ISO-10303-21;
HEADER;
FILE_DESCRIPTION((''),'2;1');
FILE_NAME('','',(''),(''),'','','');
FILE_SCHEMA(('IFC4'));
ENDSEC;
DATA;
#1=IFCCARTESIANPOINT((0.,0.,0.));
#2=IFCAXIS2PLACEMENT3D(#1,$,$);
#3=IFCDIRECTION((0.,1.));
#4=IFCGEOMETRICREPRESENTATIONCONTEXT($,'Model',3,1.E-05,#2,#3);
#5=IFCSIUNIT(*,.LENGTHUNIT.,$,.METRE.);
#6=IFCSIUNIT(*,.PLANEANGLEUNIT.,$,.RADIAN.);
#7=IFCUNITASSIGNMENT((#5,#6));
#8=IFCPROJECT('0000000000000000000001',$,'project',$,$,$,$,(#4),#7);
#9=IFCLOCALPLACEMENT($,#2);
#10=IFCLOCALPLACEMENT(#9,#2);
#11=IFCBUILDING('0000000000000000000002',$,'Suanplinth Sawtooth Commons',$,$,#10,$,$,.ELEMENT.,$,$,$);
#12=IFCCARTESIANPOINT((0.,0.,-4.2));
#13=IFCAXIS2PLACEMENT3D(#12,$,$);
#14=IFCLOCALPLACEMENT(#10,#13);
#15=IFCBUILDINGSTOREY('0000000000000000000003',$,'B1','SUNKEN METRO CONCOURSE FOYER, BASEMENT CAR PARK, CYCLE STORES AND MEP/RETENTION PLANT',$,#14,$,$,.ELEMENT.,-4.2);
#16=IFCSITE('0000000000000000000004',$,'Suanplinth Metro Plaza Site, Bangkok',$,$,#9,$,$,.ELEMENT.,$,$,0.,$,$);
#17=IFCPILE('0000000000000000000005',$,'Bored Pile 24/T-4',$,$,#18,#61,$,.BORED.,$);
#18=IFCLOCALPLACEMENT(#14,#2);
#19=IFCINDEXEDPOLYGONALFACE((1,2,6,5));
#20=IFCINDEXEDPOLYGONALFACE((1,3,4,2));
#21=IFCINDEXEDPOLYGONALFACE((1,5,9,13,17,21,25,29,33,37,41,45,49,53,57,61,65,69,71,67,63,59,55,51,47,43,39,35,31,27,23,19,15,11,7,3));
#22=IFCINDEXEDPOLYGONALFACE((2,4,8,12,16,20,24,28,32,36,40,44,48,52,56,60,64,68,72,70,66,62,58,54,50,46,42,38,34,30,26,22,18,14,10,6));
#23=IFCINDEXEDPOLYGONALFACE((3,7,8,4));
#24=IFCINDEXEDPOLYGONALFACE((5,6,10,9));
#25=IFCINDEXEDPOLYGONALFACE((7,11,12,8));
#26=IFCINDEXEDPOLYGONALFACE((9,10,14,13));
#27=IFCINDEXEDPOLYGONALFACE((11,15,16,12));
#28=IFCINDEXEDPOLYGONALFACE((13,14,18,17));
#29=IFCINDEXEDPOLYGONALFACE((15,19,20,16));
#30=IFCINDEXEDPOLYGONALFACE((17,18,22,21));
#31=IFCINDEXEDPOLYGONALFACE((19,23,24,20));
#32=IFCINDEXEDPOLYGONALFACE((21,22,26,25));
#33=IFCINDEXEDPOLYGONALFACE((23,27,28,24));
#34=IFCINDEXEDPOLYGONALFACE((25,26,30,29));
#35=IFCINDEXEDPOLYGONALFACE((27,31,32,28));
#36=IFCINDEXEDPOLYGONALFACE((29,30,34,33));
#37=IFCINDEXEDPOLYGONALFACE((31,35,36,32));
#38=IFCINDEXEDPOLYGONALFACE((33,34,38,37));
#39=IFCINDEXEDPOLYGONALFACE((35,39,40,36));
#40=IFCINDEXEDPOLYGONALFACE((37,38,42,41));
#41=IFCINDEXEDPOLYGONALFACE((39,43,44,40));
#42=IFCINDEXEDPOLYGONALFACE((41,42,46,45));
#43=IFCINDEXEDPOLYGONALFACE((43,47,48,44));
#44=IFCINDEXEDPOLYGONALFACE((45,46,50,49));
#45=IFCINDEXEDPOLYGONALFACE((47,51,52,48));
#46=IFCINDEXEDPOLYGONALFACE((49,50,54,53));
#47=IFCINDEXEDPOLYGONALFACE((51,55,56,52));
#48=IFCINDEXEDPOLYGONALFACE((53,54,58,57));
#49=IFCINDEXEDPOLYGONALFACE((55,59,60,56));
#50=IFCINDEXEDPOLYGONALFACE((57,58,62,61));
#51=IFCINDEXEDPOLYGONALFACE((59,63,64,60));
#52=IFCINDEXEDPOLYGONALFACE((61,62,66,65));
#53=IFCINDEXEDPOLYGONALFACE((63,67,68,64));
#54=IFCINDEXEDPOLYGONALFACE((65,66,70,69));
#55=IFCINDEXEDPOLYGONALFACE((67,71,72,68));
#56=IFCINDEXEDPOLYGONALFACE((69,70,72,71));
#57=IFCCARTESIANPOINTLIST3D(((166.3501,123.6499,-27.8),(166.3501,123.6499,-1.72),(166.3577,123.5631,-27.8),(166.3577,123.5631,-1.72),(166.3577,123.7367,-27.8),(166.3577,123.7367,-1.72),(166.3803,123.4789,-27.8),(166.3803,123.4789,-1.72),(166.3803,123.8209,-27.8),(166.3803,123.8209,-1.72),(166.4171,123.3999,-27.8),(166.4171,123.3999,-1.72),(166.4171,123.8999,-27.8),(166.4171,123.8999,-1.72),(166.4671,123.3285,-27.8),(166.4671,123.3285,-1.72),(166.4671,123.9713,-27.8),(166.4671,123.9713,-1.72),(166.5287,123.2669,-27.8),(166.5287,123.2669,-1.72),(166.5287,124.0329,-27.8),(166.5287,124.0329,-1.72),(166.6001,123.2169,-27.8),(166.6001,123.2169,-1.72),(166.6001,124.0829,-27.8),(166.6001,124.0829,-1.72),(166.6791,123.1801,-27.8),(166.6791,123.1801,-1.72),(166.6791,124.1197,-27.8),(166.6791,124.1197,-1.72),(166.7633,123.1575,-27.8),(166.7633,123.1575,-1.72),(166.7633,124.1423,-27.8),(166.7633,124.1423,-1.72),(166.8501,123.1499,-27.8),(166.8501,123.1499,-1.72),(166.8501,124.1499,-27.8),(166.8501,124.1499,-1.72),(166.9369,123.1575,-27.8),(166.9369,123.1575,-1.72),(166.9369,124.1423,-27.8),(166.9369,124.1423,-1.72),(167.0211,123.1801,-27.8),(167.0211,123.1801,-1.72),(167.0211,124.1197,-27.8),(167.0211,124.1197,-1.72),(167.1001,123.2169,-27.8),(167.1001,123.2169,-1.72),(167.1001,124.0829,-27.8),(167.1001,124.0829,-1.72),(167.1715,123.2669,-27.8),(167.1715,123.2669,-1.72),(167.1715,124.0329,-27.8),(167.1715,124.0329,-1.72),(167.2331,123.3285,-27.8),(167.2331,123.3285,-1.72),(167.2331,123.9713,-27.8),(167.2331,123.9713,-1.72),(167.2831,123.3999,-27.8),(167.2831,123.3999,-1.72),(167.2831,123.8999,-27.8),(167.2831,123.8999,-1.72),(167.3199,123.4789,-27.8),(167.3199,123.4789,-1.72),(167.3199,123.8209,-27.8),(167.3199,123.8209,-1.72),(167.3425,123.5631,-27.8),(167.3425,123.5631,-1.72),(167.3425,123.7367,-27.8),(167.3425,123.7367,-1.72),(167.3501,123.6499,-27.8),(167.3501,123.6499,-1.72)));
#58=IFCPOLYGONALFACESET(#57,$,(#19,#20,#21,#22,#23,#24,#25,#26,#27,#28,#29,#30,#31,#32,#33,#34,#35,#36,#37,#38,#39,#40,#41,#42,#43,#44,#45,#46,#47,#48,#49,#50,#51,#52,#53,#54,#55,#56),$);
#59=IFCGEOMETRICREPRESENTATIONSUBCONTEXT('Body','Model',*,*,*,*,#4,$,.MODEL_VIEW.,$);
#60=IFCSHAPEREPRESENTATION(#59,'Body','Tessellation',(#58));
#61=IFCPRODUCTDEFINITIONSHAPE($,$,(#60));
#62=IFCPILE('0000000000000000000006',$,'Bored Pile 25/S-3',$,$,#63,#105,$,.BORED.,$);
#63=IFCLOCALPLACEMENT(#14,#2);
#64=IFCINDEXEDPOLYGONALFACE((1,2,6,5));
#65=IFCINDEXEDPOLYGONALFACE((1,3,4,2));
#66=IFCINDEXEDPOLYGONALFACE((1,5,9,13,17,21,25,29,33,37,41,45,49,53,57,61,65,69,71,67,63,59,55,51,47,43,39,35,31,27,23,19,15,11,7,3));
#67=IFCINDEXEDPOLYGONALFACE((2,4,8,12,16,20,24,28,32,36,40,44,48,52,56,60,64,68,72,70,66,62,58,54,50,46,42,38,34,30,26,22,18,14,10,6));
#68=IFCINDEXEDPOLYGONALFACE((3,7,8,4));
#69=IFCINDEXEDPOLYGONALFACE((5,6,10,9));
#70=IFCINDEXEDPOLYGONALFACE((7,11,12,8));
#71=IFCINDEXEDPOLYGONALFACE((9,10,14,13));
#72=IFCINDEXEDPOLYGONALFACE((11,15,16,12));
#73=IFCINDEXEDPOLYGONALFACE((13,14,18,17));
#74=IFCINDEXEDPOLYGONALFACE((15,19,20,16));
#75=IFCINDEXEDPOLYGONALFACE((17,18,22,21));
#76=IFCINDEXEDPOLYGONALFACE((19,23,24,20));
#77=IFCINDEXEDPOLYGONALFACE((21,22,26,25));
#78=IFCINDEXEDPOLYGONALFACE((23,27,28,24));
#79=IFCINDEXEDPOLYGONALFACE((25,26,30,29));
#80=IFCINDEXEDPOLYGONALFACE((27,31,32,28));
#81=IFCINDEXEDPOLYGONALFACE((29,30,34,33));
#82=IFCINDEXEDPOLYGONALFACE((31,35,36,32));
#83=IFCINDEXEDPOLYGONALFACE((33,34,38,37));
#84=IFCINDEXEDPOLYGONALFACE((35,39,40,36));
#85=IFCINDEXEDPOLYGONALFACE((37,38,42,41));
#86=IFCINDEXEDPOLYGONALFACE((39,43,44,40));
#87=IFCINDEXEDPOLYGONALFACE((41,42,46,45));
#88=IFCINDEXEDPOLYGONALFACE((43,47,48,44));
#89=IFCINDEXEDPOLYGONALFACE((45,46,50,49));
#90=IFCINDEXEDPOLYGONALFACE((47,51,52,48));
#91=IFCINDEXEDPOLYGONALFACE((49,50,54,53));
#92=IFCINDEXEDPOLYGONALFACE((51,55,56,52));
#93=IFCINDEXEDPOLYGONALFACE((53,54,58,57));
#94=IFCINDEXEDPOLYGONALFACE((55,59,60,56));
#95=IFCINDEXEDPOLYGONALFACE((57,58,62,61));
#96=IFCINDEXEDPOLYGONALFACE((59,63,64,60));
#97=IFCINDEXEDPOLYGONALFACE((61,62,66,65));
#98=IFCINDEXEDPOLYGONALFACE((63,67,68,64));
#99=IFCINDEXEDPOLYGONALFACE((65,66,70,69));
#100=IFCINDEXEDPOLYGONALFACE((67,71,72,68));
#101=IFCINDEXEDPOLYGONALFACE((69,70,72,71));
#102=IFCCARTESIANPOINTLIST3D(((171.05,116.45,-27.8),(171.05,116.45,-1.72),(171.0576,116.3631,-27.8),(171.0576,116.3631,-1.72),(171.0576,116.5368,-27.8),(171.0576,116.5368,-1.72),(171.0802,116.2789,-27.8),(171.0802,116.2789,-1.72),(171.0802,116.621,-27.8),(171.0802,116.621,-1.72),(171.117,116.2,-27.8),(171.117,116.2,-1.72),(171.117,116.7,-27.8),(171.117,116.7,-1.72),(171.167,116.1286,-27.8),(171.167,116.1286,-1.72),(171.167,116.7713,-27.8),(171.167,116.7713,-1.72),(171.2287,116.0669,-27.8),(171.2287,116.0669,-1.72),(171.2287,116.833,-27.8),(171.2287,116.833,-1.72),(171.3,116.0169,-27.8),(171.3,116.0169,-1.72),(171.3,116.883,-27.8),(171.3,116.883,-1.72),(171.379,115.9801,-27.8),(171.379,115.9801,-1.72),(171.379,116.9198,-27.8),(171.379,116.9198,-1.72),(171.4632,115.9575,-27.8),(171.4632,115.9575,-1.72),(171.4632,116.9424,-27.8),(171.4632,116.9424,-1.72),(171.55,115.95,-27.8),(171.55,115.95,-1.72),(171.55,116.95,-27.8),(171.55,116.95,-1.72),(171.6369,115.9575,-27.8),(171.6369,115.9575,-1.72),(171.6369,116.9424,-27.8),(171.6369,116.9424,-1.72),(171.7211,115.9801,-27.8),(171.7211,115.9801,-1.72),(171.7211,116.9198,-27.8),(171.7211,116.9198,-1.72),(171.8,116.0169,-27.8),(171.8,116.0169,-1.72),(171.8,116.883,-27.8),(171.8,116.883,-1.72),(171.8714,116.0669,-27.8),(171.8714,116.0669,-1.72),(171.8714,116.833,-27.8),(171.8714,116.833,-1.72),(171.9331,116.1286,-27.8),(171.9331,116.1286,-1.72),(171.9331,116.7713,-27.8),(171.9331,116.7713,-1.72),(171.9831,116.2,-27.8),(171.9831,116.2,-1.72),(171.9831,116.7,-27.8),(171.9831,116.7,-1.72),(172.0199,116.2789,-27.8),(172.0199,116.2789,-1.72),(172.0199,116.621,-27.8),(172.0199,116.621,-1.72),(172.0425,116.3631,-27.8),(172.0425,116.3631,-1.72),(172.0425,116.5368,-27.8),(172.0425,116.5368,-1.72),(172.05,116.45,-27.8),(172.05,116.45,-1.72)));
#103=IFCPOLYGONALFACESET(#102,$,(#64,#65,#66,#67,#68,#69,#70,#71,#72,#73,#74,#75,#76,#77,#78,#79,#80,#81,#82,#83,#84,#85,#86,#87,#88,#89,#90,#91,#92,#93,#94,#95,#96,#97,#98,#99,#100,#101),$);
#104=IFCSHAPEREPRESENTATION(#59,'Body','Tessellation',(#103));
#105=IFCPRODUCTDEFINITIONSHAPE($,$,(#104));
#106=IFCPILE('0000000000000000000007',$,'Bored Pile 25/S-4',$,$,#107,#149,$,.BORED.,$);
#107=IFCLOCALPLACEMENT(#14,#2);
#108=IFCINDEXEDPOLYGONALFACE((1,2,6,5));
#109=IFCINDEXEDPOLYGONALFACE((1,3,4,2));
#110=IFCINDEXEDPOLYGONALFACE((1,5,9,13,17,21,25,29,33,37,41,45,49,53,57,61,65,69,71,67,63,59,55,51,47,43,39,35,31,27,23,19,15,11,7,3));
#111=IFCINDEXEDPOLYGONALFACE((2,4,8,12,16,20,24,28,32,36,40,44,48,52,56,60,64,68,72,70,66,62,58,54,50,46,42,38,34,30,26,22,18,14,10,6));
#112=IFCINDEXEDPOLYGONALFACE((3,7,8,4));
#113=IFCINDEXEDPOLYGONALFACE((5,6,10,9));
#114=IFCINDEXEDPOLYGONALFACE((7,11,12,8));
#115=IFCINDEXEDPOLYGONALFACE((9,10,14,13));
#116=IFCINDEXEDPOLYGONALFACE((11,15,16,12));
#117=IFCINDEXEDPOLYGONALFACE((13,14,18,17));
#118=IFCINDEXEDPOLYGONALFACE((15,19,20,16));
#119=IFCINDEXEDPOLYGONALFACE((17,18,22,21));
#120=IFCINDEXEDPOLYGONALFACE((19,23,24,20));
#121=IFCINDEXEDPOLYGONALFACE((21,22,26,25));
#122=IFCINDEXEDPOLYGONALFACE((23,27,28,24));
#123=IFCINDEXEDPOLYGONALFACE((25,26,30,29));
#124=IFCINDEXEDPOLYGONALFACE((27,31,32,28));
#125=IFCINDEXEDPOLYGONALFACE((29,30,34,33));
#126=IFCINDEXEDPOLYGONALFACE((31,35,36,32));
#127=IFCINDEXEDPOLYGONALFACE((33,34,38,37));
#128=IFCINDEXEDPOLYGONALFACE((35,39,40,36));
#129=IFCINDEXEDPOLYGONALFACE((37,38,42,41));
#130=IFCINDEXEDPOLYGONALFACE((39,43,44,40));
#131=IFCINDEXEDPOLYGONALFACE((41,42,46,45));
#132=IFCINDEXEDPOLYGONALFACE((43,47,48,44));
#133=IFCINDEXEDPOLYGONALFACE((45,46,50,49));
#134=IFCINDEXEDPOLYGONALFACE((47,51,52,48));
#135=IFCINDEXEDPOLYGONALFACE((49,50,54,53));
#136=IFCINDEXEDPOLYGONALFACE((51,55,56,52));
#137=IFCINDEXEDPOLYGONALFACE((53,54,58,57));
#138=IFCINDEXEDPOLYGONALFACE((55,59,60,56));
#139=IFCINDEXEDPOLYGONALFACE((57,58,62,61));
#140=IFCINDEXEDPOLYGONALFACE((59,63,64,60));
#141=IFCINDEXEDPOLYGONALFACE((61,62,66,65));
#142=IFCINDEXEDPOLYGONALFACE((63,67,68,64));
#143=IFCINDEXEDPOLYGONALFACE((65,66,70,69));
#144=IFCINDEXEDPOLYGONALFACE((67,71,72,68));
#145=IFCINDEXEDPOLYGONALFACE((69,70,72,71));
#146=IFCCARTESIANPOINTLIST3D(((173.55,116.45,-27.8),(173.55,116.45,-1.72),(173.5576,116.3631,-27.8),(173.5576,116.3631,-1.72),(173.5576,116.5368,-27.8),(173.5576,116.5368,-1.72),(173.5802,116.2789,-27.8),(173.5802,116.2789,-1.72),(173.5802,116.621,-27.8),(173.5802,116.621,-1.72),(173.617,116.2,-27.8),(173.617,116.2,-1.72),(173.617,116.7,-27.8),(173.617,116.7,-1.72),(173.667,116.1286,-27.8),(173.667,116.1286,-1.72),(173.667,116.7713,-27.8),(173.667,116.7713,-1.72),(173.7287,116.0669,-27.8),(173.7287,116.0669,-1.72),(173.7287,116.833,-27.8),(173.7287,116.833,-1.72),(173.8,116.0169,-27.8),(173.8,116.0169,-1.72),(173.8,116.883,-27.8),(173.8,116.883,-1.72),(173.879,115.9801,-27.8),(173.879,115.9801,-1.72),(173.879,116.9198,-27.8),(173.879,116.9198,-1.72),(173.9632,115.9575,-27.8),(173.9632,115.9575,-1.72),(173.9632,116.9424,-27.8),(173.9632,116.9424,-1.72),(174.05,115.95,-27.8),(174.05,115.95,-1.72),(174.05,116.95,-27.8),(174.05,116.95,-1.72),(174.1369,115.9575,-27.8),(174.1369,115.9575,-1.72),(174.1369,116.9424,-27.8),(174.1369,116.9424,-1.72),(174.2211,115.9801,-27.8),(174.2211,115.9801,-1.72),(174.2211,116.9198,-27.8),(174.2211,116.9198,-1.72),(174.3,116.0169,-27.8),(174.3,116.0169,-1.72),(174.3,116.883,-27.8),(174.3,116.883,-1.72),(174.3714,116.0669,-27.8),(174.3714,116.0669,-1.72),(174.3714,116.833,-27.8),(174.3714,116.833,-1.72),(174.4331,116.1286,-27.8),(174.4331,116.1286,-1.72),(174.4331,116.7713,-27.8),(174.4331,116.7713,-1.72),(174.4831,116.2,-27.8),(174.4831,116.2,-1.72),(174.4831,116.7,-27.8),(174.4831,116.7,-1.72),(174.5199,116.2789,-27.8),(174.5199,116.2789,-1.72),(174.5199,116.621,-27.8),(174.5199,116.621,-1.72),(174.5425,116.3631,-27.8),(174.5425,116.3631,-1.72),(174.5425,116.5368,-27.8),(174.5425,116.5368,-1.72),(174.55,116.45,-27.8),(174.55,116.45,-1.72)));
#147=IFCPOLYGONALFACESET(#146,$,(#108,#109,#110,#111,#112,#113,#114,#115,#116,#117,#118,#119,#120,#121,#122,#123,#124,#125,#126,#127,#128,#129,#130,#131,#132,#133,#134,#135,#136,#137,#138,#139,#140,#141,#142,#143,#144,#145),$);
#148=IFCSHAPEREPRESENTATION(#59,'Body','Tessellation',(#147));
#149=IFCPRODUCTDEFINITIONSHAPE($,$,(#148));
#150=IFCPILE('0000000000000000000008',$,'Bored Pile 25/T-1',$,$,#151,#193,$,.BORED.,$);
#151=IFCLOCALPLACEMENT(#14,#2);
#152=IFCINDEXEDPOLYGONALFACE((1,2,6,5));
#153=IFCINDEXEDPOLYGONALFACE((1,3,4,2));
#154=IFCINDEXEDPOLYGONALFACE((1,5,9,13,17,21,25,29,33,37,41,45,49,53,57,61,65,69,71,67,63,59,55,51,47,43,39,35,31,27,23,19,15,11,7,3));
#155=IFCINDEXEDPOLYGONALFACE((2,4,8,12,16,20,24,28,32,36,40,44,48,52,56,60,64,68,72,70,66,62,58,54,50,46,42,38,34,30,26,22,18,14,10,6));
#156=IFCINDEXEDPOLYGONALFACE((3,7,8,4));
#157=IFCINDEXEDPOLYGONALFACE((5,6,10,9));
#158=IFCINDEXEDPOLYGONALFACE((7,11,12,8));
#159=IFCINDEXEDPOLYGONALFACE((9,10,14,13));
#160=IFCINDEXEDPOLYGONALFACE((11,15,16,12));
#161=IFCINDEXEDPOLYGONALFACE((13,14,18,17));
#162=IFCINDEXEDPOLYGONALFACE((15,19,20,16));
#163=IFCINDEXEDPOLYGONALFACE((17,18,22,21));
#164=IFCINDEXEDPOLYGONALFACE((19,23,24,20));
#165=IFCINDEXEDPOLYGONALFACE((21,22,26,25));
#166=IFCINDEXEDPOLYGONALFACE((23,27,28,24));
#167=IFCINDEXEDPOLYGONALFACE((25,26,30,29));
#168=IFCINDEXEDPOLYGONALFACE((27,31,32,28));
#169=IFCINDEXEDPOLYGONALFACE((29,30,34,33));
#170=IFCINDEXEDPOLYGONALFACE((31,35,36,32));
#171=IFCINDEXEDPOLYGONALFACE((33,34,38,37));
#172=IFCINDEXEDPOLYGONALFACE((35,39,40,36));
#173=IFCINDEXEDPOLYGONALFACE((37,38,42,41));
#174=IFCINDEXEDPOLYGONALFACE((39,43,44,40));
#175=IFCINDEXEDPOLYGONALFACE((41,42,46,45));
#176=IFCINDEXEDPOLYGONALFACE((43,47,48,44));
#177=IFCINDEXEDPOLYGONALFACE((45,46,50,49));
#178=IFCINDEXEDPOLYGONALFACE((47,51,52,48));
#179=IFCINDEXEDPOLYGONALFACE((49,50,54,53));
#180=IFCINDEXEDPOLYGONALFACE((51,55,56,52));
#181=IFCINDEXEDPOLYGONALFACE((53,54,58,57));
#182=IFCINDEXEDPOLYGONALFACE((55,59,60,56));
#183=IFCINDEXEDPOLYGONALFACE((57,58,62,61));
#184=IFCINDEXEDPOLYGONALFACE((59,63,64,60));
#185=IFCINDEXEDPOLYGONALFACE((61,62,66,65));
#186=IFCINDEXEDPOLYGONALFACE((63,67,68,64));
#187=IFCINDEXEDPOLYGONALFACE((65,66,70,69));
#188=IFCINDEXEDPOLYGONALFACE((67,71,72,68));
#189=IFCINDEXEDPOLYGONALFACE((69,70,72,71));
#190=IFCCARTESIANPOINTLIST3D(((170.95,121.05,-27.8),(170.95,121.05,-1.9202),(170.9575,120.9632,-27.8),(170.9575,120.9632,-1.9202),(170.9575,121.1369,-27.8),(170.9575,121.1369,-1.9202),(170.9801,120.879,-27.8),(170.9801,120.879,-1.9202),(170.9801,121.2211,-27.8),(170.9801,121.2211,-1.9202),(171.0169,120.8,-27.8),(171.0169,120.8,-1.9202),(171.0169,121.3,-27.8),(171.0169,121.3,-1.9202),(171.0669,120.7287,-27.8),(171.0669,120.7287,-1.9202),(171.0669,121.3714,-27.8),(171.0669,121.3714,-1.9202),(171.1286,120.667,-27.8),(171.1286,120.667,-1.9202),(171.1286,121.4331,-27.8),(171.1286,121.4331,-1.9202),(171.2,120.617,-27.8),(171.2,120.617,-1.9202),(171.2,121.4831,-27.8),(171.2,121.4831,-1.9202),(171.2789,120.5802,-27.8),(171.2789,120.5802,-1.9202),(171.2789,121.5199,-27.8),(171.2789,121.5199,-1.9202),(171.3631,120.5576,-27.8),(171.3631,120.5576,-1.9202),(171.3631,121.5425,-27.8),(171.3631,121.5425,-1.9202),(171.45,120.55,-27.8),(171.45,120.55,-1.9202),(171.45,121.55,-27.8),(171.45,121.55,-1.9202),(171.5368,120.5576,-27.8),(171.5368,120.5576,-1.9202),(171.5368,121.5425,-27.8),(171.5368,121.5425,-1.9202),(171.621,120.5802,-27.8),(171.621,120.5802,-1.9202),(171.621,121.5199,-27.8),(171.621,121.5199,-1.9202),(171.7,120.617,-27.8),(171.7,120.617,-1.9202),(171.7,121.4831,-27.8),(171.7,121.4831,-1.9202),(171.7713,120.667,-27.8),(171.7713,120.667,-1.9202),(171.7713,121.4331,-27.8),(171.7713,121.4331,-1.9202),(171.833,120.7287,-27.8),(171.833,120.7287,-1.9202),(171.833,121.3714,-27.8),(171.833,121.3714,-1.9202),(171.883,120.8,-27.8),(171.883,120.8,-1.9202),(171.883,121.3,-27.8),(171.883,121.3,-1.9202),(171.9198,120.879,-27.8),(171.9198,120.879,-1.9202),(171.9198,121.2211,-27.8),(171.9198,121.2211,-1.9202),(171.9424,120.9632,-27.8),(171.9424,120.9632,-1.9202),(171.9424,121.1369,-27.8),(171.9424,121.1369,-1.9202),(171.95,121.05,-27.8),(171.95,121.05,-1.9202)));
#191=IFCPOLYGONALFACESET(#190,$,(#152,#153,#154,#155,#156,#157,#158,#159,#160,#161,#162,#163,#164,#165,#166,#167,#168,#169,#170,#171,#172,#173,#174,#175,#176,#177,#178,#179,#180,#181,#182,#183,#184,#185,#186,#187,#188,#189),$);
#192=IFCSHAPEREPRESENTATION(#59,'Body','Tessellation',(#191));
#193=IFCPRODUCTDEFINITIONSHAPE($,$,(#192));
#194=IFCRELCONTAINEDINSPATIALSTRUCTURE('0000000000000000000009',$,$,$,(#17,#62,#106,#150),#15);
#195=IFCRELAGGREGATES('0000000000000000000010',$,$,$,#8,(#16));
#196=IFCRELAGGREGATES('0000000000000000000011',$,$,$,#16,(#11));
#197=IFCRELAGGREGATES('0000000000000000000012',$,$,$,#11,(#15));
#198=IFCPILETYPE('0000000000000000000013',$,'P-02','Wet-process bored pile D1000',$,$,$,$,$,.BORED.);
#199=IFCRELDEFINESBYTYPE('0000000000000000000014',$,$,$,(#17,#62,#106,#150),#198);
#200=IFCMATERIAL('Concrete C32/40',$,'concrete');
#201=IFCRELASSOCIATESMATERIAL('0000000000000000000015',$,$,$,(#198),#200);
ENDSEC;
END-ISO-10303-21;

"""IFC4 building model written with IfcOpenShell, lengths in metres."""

from ifc_helpers import new_model, si_unit, direction, frame, origin, origin_2d, place, context, subcontext, project, spatial, circle, extrude, material, material_profile, profile_set, type_object, element, save


model = new_model("IFC4")

# Units and contexts
model_context = context("Model", 3, precision=1e-05, world=origin(), true_north=direction((0.0, 1.0)))
body_context = subcontext(model_context, "Body", "Model", "MODEL_VIEW")
ifc_project = project(units=[si_unit("LENGTHUNIT", "METRE"), si_unit("PLANEANGLEUNIT", "RADIAN")], contexts=[model_context])

# Site, building, storey
site_placement = place(None, origin())
site = spatial("IfcSite", under=ifc_project, at=site_placement, Name="Suanplinth Metro Plaza Site, Bangkok", CompositionType="ELEMENT", RefElevation=0.0)
building_placement = place(site_placement, origin())
building = spatial("IfcBuilding", under=site, at=building_placement, Name="Suanplinth Sawtooth Commons", CompositionType="ELEMENT")
storey_placement = place(building_placement, frame((0.0, 0.0, -4.2)))
storey = spatial("IfcBuildingStorey", under=building, at=storey_placement, Name="B1", Description="SUNKEN METRO CONCOURSE FOYER, BASEMENT CAR PARK, CYCLE STORES AND MEP/RETENTION PLANT", CompositionType="ELEMENT", Elevation=-4.2)

# Piles
ifc_material_1 = material(Name="Concrete C32/40", Category="concrete")
ifc_material_profile_1 = material_profile(ifc_material_1, circle(Radius=0.5, at=origin_2d()), Name="PILE D1000")
ifc_profile_set_1 = profile_set([ifc_material_profile_1], Name="Concrete C32/40")
pile_type = type_object("IfcPileType", Name="P-02", Description="Wet-process bored pile D1000", PredefinedType="BORED", material=ifc_profile_set_1)
for number, where, z_axis, x_axis, name in (
    (1, (166.8501, 123.6499, -1.72), (0.0, 0.0, -1.0), (1.0, 0.0, 0.0), "Bored Pile 24/T-4"),
    (2, (171.55, 116.45, -1.72), (0.0, 0.0, -1.0), (1.0, 0.0, 0.0), "Bored Pile 25/S-3"),
    (3, (174.05, 116.45, -1.72), (0.0, 0.0, -1.0), (1.0, 0.0, 0.0), "Bored Pile 25/S-4"),
):
    element("IfcPile", number, at=place(storey_placement, frame(where, z_axis=z_axis, x_axis=x_axis)), inside=storey, type_object=pile_type, Name=name, PredefinedType="BORED", context=body_context, shape_type="SweptSolid", body=[
        extrude(circle(Radius=0.5, at=origin_2d()), origin(), (0.0, 0.0, 1.0), 26.0801),
    ])
for number, where, z_axis, x_axis, name in (
    (4, (171.45, 121.05, -1.9202), (0.0, 0.0, -1.0), (1.0, 0.0, 0.0), "Bored Pile 25/T-1"),
):
    element("IfcPile", number, at=place(storey_placement, frame(where, z_axis=z_axis, x_axis=x_axis)), inside=storey, type_object=pile_type, Name=name, PredefinedType="BORED", context=body_context, shape_type="SweptSolid", body=[
        extrude(circle(Radius=0.5, at=origin_2d()), origin(), (0.0, 0.0, 1.0), 25.8799),
    ])

save(model, "model.ifc")
